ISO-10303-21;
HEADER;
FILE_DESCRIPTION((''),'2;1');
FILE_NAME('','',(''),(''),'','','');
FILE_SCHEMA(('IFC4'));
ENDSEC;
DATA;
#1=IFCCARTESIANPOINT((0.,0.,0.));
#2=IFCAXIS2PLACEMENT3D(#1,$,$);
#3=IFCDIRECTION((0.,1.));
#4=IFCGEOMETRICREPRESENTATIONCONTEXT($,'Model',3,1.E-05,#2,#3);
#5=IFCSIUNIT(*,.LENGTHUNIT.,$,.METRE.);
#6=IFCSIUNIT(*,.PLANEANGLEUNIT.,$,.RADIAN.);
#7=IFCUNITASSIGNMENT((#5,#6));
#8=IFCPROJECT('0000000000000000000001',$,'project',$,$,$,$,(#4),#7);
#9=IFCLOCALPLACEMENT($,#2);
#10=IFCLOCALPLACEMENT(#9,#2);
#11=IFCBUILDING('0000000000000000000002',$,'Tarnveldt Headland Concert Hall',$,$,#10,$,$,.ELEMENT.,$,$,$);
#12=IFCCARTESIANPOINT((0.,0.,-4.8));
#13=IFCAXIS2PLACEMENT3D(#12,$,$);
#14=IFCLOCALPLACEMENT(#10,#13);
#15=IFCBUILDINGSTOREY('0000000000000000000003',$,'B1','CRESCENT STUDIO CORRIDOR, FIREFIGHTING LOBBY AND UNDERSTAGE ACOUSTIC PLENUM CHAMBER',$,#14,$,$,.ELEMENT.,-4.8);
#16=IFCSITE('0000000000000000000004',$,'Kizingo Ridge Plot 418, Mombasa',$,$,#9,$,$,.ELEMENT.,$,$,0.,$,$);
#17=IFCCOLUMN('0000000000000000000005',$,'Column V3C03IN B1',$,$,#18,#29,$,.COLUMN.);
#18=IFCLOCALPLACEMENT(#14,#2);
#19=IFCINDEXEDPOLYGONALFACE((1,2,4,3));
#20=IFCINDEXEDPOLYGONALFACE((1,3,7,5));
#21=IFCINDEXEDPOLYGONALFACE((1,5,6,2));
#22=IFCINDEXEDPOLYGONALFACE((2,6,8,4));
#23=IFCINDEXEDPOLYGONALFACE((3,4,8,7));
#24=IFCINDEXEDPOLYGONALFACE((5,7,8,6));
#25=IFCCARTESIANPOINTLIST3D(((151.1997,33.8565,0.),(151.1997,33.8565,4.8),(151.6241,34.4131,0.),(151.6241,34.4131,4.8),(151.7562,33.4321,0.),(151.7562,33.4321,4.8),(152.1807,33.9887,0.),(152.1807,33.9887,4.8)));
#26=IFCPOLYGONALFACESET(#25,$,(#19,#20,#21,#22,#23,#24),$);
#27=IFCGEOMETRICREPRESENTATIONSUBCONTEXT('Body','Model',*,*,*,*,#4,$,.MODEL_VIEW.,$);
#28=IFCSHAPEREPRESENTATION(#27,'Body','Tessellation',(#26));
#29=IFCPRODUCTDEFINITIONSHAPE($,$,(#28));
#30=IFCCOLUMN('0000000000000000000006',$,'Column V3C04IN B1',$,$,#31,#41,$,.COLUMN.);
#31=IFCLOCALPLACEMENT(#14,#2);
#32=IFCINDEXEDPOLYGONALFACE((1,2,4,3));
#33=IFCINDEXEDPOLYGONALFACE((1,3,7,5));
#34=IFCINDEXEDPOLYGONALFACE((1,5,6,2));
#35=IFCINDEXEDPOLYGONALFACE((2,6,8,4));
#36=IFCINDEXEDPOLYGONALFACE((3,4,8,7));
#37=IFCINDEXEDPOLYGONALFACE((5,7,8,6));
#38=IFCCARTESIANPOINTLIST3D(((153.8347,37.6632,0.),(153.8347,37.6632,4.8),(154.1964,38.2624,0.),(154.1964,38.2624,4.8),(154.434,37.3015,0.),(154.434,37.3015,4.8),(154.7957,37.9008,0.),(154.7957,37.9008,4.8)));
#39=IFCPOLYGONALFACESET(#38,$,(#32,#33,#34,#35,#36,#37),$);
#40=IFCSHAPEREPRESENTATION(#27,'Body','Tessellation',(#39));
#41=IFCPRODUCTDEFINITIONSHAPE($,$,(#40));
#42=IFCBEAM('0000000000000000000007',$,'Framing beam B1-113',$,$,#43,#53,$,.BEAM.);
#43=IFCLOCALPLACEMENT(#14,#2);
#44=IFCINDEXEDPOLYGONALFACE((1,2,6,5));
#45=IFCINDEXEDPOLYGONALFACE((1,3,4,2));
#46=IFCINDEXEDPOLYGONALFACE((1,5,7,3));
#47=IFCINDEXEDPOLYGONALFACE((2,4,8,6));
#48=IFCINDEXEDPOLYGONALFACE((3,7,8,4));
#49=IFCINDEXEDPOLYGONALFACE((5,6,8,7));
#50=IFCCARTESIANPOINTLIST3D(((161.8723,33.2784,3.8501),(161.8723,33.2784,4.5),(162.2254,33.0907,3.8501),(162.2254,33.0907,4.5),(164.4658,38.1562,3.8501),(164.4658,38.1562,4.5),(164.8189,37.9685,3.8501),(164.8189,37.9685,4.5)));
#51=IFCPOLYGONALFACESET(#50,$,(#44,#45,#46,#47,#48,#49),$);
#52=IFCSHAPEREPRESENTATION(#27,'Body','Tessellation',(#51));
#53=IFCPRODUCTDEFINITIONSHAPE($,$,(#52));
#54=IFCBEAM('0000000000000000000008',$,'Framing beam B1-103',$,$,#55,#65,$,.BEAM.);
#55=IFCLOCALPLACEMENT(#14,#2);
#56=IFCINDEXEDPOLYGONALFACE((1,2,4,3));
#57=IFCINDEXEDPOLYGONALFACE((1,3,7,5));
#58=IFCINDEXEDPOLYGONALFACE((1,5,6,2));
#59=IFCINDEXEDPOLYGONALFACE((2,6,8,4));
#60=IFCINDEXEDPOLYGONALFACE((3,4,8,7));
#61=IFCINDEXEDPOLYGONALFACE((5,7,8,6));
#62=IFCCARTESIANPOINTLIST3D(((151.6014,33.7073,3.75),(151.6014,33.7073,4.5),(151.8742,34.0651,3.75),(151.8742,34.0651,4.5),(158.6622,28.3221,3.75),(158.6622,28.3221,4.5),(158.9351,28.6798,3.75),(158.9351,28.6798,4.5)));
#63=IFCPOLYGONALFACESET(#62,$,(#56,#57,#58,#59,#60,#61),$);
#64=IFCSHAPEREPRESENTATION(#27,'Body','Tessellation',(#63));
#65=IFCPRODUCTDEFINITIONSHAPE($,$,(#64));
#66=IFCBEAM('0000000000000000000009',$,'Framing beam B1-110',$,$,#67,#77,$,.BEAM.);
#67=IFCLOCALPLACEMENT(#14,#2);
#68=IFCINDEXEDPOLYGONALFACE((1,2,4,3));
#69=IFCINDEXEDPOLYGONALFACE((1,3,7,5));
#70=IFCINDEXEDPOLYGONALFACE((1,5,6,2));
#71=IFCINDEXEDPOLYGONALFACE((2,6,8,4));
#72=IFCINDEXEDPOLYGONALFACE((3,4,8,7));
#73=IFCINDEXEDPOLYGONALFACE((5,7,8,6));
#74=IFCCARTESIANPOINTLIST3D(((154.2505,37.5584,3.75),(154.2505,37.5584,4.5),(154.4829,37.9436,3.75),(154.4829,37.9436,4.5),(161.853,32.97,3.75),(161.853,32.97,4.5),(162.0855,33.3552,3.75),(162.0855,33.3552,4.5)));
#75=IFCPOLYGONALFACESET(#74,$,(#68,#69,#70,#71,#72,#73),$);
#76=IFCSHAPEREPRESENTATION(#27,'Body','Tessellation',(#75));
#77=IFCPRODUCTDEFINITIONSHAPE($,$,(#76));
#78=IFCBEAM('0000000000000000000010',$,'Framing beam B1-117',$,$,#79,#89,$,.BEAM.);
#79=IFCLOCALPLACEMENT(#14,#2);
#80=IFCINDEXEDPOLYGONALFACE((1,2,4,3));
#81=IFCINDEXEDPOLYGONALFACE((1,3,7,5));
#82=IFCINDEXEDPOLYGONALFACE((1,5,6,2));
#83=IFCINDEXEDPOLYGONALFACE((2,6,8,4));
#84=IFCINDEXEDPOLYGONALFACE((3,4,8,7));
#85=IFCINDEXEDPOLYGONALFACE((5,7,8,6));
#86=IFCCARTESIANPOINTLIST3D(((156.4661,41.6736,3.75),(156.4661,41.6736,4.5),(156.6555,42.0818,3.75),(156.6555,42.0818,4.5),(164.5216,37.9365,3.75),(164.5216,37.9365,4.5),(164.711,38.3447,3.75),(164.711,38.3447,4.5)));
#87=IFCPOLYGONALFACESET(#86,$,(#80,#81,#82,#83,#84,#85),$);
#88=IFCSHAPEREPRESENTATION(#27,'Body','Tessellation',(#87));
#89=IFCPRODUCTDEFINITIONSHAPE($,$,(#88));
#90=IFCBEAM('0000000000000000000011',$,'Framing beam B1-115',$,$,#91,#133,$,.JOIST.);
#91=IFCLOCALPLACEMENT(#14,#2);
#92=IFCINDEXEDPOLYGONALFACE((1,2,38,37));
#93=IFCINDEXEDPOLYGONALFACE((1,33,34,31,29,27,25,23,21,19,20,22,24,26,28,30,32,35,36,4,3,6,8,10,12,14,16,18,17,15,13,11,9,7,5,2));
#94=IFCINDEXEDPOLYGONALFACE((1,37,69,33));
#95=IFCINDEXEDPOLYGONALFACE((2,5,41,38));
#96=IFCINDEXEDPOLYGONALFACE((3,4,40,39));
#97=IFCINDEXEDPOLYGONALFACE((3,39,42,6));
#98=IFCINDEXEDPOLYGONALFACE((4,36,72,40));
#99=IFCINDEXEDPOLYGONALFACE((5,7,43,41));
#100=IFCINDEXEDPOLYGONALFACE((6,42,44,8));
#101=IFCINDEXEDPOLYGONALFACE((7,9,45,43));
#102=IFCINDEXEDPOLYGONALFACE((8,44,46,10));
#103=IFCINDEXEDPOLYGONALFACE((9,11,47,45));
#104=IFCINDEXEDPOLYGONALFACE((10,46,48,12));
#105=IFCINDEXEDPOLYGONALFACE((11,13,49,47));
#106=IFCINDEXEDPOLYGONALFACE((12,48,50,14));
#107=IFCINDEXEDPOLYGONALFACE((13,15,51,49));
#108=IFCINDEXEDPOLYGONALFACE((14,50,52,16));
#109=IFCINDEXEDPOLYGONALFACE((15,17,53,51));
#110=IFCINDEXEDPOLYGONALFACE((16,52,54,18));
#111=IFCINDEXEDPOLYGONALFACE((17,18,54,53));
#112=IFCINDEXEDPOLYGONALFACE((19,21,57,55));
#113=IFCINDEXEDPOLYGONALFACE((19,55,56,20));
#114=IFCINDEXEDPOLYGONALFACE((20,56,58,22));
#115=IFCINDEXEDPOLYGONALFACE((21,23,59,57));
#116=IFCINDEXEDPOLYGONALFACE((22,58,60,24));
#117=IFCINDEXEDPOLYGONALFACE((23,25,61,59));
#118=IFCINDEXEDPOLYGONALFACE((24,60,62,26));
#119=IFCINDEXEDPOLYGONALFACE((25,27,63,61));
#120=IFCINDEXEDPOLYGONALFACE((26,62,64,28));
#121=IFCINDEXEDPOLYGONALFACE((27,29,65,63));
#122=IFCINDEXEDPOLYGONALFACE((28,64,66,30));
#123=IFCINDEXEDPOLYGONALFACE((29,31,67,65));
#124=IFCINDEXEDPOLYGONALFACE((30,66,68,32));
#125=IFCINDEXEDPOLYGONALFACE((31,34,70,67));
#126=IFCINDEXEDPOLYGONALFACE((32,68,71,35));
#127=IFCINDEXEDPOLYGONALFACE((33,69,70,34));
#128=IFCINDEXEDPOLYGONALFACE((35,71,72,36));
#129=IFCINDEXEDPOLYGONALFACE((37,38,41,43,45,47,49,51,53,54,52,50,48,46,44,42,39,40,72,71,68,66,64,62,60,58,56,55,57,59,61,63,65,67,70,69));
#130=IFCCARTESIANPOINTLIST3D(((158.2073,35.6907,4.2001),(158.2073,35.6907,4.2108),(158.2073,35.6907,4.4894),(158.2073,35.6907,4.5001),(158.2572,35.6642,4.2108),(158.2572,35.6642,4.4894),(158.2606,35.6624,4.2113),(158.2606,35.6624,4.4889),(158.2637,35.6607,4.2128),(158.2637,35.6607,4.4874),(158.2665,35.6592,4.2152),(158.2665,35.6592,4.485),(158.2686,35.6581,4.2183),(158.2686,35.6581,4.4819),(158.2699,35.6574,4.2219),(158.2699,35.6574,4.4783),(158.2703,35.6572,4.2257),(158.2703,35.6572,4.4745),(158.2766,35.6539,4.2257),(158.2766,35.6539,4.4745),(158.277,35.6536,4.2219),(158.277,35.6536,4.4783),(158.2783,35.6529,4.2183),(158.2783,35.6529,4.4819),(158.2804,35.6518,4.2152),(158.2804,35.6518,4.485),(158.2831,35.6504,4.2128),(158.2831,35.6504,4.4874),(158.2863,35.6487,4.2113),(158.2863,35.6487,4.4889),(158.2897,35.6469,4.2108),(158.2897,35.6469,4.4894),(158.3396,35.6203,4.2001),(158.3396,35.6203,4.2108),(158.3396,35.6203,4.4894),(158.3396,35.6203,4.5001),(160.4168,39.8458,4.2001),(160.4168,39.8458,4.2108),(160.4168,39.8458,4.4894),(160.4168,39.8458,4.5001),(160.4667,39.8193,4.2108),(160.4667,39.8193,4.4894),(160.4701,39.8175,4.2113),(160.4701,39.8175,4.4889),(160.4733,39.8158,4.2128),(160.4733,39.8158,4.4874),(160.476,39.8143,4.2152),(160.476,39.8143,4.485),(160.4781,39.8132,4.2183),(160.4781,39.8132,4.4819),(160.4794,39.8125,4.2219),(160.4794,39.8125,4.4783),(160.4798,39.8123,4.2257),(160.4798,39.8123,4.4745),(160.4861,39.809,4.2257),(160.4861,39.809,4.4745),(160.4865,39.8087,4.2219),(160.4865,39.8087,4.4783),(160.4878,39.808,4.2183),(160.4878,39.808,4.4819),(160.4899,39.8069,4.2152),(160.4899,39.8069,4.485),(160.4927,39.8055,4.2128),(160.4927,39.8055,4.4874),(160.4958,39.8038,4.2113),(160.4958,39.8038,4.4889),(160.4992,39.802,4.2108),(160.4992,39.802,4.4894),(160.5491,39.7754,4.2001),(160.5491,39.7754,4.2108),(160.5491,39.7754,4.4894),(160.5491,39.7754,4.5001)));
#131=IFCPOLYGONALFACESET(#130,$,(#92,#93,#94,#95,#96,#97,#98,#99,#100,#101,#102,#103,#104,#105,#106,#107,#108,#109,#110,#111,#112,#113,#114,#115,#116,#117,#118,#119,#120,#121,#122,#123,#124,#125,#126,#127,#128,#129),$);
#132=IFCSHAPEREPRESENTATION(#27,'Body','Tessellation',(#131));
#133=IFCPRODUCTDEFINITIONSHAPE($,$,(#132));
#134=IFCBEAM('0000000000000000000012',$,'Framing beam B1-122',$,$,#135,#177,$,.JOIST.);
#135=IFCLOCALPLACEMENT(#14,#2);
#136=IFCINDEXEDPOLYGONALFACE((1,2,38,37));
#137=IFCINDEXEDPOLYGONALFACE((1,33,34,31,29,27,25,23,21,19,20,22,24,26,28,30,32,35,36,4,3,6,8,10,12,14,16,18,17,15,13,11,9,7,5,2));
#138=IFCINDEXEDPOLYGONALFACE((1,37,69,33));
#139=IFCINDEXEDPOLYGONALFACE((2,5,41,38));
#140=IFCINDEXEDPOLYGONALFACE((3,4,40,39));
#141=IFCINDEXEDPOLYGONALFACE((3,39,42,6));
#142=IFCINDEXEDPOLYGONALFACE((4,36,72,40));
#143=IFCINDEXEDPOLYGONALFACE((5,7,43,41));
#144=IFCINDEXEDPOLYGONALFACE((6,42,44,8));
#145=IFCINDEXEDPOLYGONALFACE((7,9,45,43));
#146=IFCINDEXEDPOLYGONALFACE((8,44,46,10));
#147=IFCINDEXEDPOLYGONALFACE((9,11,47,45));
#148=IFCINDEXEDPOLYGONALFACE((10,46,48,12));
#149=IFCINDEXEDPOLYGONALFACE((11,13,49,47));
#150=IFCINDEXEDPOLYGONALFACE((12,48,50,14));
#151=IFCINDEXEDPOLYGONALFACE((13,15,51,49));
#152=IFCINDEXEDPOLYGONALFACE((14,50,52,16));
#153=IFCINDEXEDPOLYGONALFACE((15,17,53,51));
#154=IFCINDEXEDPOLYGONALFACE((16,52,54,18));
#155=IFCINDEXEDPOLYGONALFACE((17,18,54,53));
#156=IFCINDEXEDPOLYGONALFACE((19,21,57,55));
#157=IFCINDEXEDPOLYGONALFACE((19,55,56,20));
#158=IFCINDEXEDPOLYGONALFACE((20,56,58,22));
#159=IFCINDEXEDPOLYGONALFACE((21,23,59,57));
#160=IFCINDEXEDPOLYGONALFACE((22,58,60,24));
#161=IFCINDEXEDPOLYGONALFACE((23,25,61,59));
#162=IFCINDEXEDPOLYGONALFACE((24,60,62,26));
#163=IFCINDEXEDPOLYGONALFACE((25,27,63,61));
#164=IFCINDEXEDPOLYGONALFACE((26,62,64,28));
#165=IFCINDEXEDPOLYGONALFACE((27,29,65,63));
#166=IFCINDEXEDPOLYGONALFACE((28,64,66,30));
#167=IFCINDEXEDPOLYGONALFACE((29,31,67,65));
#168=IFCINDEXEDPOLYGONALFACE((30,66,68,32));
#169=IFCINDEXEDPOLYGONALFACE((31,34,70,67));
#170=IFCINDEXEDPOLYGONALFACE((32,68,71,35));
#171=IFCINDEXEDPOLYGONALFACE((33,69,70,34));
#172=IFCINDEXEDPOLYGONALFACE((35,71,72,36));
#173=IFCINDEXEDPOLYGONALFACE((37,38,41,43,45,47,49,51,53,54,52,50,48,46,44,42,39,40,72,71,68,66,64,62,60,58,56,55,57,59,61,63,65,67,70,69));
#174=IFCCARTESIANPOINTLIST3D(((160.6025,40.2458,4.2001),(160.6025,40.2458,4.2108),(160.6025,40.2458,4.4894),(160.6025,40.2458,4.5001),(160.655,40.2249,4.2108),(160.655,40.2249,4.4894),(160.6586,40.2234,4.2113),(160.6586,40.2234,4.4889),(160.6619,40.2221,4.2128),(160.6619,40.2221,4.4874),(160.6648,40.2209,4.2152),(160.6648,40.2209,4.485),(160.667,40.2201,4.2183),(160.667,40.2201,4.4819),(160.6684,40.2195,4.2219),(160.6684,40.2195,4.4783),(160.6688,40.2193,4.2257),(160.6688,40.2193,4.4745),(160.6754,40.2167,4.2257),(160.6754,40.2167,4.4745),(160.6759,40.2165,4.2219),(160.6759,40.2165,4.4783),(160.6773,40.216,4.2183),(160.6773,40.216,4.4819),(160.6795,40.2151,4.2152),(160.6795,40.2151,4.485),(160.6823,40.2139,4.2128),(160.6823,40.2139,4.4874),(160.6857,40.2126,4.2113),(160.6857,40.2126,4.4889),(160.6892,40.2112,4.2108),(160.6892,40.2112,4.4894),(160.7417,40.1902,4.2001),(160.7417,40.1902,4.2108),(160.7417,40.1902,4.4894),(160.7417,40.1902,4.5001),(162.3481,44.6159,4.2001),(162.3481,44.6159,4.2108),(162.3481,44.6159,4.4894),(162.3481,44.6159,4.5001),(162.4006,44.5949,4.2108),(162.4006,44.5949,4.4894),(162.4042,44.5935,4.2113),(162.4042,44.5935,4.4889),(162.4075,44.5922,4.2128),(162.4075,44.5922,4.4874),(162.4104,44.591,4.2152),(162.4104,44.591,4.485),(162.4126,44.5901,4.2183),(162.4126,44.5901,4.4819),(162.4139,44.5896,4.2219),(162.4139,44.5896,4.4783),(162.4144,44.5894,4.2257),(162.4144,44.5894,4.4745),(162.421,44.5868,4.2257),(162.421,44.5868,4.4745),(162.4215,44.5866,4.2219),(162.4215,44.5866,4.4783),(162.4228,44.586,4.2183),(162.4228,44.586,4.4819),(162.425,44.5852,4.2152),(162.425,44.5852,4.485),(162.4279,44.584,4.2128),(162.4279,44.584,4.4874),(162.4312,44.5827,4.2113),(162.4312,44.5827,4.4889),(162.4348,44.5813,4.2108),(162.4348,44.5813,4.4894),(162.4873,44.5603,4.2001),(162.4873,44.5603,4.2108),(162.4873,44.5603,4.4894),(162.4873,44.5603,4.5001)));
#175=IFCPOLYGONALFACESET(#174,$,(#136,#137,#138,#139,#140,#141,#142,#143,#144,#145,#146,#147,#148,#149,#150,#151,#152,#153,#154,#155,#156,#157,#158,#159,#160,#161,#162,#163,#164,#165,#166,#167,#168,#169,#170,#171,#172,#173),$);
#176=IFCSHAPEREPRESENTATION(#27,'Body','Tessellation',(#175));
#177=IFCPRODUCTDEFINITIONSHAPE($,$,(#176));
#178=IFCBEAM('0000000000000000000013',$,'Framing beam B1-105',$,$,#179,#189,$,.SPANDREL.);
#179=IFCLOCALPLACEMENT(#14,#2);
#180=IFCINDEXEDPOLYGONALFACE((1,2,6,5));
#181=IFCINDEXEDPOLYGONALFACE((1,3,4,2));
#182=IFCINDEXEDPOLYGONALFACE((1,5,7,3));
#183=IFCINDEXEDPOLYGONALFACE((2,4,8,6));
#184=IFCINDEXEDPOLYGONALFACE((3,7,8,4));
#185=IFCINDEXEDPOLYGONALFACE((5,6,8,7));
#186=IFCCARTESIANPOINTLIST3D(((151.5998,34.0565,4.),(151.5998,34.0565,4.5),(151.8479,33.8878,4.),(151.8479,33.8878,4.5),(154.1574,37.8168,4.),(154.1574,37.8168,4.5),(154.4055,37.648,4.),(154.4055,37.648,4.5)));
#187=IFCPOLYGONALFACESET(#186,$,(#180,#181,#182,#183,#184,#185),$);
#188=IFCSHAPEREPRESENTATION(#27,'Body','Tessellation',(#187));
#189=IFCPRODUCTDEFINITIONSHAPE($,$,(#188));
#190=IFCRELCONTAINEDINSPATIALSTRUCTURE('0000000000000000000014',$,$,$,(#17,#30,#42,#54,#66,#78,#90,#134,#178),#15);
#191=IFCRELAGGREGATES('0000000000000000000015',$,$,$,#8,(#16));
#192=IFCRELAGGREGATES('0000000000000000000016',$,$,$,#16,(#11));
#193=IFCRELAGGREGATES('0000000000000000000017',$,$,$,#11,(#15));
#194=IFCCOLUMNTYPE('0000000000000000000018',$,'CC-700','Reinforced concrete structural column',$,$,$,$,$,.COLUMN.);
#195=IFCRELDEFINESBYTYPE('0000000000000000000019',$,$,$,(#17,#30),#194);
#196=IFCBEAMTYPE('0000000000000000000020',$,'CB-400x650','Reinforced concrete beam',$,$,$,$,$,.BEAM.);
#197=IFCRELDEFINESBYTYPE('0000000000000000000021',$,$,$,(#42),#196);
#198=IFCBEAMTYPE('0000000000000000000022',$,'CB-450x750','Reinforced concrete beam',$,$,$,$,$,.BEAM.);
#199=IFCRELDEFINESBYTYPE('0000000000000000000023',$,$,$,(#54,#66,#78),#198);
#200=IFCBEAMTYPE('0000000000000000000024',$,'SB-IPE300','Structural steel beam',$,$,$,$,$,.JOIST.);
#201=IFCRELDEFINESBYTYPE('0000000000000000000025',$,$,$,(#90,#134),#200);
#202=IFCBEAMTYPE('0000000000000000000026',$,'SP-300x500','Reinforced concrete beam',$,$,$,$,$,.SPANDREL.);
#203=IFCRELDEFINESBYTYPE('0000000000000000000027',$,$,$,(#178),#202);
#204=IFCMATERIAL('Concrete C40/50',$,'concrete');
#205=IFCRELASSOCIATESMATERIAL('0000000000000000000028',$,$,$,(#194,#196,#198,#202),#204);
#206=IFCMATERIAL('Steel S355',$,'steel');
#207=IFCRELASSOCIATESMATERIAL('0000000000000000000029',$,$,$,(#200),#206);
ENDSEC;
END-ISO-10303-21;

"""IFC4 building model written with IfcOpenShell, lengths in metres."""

from ifc_helpers import new_model, si_unit, direction, frame, origin, origin_2d, place, context, subcontext, project, spatial, rectangle, i_section, extrude, material, material_profile, profile_set, type_object, element, save


model = new_model("IFC4")

# Units and contexts
model_context = context("Model", 3, precision=1e-05, world=origin(), true_north=direction((0.0, 1.0)))
body_context = subcontext(model_context, "Body", "Model", "MODEL_VIEW")
ifc_project = project(units=[si_unit("LENGTHUNIT", "METRE"), si_unit("PLANEANGLEUNIT", "RADIAN")], contexts=[model_context])

# Site, building, storey
site_placement = place(None, origin())
site = spatial("IfcSite", under=ifc_project, at=site_placement, Name="Kizingo Ridge Plot 418, Mombasa", CompositionType="ELEMENT", RefElevation=0.0)
building_placement = place(site_placement, origin())
building = spatial("IfcBuilding", under=site, at=building_placement, Name="Tarnveldt Headland Concert Hall", CompositionType="ELEMENT")
storey_placement = place(building_placement, frame((0.0, 0.0, -4.8)))
storey = spatial("IfcBuildingStorey", under=building, at=storey_placement, Name="B1", Description="CRESCENT STUDIO CORRIDOR, FIREFIGHTING LOBBY AND UNDERSTAGE ACOUSTIC PLENUM CHAMBER", CompositionType="ELEMENT", Elevation=-4.8)

# Shared definitions
ifc_material_1 = material(Name="Concrete C40/50", Category="concrete")

# Columns
ifc_material_profile_1 = material_profile(ifc_material_1, rectangle(XDim=0.7, YDim=0.7, at=origin_2d()), Name="RC 700x700", Category="concrete")
ifc_profile_set_1 = profile_set([ifc_material_profile_1], Name="Concrete C40/50")
column_type = type_object("IfcColumnType", Name="CC-700", Description="Reinforced concrete structural column", PredefinedType="COLUMN", material=ifc_profile_set_1)
for number, where, z_axis, x_axis, name in (
    (1, (151.6902, 33.9226, 0.0), (0.0, 0.0, 1.0), (0.795156, -0.606405, 0.0), "Column V3C03IN B1"),
    (2, (154.3152, 37.782, 0.0), (0.0, 0.0, 1.0), (0.856177, -0.516683, 0.0), "Column V3C04IN B1"),
):
    element("IfcColumn", number, at=place(storey_placement, frame(where, z_axis=z_axis, x_axis=x_axis)), inside=storey, type_object=column_type, Name=name, PredefinedType="COLUMN", context=body_context, shape_type="SweptSolid", body=[
        extrude(rectangle(XDim=0.7, YDim=0.7, at=origin_2d()), origin(), (0.0, 0.0, 1.0), 4.8),
    ])

# Beams
ifc_material_profile_2 = material_profile(ifc_material_1, rectangle(XDim=0.3999, YDim=0.6499, at=origin_2d()), Name="RC 400x650", Category="concrete")
ifc_profile_set_2 = profile_set([ifc_material_profile_2], Name="Concrete C40/50")
beam_type_1 = type_object("IfcBeamType", Name="CB-400x650", Description="Reinforced concrete beam", PredefinedType="BEAM", material=ifc_profile_set_2)
beam_1_placement = place(storey_placement, frame((162.0488, 33.1846, 4.175), z_axis=(0.469471, 0.882948, 0.0), x_axis=(-0.882948, 0.469471, 0.0)))
element("IfcBeam", 3, at=beam_1_placement, inside=storey, type_object=beam_type_1, Name="Framing beam B1-113", PredefinedType="BEAM", context=body_context, shape_type="SweptSolid", body=[
    extrude(rectangle(XDim=0.3999, YDim=0.6499, at=origin_2d()), origin(), (0.0, 0.0, 1.0), 5.5244),
])
ifc_material_profile_3 = material_profile(ifc_material_1, rectangle(XDim=0.45, YDim=0.75, at=origin_2d()), Name="RC 450x750", Category="concrete")
ifc_profile_set_3 = profile_set([ifc_material_profile_3], Name="Concrete C40/50")
beam_type_2 = type_object("IfcBeamType", Name="CB-450x750", Description="Reinforced concrete beam", PredefinedType="BEAM", material=ifc_profile_set_3)
beam_2_placement = place(storey_placement, frame((151.7378, 33.8862, 4.125), z_axis=(0.795127, -0.606442, 0.0), x_axis=(0.606442, 0.795127, 0.0)))
element("IfcBeam", 4, at=beam_2_placement, inside=storey, type_object=beam_type_2, Name="Framing beam B1-103", PredefinedType="BEAM", context=body_context, shape_type="SweptSolid", body=[
    extrude(rectangle(XDim=0.45, YDim=0.75, at=origin_2d()), origin(), (0.0, 0.0, 1.0), 8.8801),
])
beam_3_placement = place(storey_placement, frame((154.3667, 37.751, 4.125), z_axis=(0.856156, -0.516718, 0.0), x_axis=(0.516718, 0.856156, 0.0)))
element("IfcBeam", 5, at=beam_3_placement, inside=storey, type_object=beam_type_2, Name="Framing beam B1-110", PredefinedType="BEAM", context=body_context, shape_type="SweptSolid", body=[
    extrude(rectangle(XDim=0.45, YDim=0.75, at=origin_2d()), origin(), (0.0, 0.0, 1.0), 8.8799),
])
beam_4_placement = place(storey_placement, frame((156.5608, 41.8777, 4.125), z_axis=(0.907136, -0.420837, 0.0), x_axis=(0.420837, 0.907136, 0.0)))
element("IfcBeam", 6, at=beam_4_placement, inside=storey, type_object=beam_type_2, Name="Framing beam B1-117", PredefinedType="BEAM", context=body_context, shape_type="SweptSolid", body=[
    extrude(rectangle(XDim=0.45, YDim=0.75, at=origin_2d()), origin(), (0.0, 0.0, 1.0), 8.8801),
])
ifc_material_2 = material(Name="Steel S355", Category="steel")
ifc_material_profile_4 = material_profile(ifc_material_2, i_section(OverallWidth=0.1499, OverallDepth=0.3, WebThickness=0.0071, FlangeThickness=0.0107, FilletRadius=0.0149, at=origin_2d()), Name="IPE300", Category="steel")
ifc_profile_set_4 = profile_set([ifc_material_profile_4], Name="Steel S355")
beam_type_3 = type_object("IfcBeamType", Name="SB-IPE300", Description="Structural steel beam", PredefinedType="JOIST", material=ifc_profile_set_4)
beam_5_placement = place(storey_placement, frame((158.2734, 35.6555, 4.3501), z_axis=(0.469505, 0.88293, 0.0), x_axis=(-0.88293, 0.469505, 0.0)))
element("IfcBeam", 7, at=beam_5_placement, inside=storey, type_object=beam_type_3, Name="Framing beam B1-115", PredefinedType="JOIST", context=body_context, shape_type="SweptSolid", body=[
    extrude(i_section(OverallWidth=0.1499, OverallDepth=0.3, WebThickness=0.0071, FlangeThickness=0.0107, FilletRadius=0.0149, at=origin_2d()), origin(), (0.0, 0.0, 1.0), 4.7061),
])
beam_6_placement = place(storey_placement, frame((160.6721, 40.218, 4.3501), z_axis=(0.370943, 0.928655, 0.0), x_axis=(-0.928655, 0.370943, 0.0)))
element("IfcBeam", 8, at=beam_6_placement, inside=storey, type_object=beam_type_3, Name="Framing beam B1-122", PredefinedType="JOIST", context=body_context, shape_type="SweptSolid", body=[
    extrude(i_section(OverallWidth=0.1499, OverallDepth=0.3, WebThickness=0.0071, FlangeThickness=0.0107, FilletRadius=0.0149, at=origin_2d()), origin(), (0.0, 0.0, 1.0), 4.7058),
])
ifc_material_profile_5 = material_profile(ifc_material_1, rectangle(XDim=0.3, YDim=0.5, at=origin_2d()), Name="RC SPANDREL 300x500", Category="concrete")
ifc_profile_set_5 = profile_set([ifc_material_profile_5], Name="Concrete C40/50")
beam_type_4 = type_object("IfcBeamType", Name="SP-300x500", Description="Reinforced concrete beam", PredefinedType="SPANDREL", material=ifc_profile_set_5)
beam_7_placement = place(storey_placement, frame((151.7239, 33.9722, 4.25), z_axis=(0.562407, 0.826861, 0.0), x_axis=(-0.826861, 0.562407, 0.0)))
element("IfcBeam", 9, at=beam_7_placement, inside=storey, type_object=beam_type_4, Name="Framing beam B1-105", PredefinedType="SPANDREL", context=body_context, shape_type="SweptSolid", body=[
    extrude(rectangle(XDim=0.3, YDim=0.5, at=origin_2d()), origin(), (0.0, 0.0, 1.0), 4.5476),
])

save(model, "model.ifc")
